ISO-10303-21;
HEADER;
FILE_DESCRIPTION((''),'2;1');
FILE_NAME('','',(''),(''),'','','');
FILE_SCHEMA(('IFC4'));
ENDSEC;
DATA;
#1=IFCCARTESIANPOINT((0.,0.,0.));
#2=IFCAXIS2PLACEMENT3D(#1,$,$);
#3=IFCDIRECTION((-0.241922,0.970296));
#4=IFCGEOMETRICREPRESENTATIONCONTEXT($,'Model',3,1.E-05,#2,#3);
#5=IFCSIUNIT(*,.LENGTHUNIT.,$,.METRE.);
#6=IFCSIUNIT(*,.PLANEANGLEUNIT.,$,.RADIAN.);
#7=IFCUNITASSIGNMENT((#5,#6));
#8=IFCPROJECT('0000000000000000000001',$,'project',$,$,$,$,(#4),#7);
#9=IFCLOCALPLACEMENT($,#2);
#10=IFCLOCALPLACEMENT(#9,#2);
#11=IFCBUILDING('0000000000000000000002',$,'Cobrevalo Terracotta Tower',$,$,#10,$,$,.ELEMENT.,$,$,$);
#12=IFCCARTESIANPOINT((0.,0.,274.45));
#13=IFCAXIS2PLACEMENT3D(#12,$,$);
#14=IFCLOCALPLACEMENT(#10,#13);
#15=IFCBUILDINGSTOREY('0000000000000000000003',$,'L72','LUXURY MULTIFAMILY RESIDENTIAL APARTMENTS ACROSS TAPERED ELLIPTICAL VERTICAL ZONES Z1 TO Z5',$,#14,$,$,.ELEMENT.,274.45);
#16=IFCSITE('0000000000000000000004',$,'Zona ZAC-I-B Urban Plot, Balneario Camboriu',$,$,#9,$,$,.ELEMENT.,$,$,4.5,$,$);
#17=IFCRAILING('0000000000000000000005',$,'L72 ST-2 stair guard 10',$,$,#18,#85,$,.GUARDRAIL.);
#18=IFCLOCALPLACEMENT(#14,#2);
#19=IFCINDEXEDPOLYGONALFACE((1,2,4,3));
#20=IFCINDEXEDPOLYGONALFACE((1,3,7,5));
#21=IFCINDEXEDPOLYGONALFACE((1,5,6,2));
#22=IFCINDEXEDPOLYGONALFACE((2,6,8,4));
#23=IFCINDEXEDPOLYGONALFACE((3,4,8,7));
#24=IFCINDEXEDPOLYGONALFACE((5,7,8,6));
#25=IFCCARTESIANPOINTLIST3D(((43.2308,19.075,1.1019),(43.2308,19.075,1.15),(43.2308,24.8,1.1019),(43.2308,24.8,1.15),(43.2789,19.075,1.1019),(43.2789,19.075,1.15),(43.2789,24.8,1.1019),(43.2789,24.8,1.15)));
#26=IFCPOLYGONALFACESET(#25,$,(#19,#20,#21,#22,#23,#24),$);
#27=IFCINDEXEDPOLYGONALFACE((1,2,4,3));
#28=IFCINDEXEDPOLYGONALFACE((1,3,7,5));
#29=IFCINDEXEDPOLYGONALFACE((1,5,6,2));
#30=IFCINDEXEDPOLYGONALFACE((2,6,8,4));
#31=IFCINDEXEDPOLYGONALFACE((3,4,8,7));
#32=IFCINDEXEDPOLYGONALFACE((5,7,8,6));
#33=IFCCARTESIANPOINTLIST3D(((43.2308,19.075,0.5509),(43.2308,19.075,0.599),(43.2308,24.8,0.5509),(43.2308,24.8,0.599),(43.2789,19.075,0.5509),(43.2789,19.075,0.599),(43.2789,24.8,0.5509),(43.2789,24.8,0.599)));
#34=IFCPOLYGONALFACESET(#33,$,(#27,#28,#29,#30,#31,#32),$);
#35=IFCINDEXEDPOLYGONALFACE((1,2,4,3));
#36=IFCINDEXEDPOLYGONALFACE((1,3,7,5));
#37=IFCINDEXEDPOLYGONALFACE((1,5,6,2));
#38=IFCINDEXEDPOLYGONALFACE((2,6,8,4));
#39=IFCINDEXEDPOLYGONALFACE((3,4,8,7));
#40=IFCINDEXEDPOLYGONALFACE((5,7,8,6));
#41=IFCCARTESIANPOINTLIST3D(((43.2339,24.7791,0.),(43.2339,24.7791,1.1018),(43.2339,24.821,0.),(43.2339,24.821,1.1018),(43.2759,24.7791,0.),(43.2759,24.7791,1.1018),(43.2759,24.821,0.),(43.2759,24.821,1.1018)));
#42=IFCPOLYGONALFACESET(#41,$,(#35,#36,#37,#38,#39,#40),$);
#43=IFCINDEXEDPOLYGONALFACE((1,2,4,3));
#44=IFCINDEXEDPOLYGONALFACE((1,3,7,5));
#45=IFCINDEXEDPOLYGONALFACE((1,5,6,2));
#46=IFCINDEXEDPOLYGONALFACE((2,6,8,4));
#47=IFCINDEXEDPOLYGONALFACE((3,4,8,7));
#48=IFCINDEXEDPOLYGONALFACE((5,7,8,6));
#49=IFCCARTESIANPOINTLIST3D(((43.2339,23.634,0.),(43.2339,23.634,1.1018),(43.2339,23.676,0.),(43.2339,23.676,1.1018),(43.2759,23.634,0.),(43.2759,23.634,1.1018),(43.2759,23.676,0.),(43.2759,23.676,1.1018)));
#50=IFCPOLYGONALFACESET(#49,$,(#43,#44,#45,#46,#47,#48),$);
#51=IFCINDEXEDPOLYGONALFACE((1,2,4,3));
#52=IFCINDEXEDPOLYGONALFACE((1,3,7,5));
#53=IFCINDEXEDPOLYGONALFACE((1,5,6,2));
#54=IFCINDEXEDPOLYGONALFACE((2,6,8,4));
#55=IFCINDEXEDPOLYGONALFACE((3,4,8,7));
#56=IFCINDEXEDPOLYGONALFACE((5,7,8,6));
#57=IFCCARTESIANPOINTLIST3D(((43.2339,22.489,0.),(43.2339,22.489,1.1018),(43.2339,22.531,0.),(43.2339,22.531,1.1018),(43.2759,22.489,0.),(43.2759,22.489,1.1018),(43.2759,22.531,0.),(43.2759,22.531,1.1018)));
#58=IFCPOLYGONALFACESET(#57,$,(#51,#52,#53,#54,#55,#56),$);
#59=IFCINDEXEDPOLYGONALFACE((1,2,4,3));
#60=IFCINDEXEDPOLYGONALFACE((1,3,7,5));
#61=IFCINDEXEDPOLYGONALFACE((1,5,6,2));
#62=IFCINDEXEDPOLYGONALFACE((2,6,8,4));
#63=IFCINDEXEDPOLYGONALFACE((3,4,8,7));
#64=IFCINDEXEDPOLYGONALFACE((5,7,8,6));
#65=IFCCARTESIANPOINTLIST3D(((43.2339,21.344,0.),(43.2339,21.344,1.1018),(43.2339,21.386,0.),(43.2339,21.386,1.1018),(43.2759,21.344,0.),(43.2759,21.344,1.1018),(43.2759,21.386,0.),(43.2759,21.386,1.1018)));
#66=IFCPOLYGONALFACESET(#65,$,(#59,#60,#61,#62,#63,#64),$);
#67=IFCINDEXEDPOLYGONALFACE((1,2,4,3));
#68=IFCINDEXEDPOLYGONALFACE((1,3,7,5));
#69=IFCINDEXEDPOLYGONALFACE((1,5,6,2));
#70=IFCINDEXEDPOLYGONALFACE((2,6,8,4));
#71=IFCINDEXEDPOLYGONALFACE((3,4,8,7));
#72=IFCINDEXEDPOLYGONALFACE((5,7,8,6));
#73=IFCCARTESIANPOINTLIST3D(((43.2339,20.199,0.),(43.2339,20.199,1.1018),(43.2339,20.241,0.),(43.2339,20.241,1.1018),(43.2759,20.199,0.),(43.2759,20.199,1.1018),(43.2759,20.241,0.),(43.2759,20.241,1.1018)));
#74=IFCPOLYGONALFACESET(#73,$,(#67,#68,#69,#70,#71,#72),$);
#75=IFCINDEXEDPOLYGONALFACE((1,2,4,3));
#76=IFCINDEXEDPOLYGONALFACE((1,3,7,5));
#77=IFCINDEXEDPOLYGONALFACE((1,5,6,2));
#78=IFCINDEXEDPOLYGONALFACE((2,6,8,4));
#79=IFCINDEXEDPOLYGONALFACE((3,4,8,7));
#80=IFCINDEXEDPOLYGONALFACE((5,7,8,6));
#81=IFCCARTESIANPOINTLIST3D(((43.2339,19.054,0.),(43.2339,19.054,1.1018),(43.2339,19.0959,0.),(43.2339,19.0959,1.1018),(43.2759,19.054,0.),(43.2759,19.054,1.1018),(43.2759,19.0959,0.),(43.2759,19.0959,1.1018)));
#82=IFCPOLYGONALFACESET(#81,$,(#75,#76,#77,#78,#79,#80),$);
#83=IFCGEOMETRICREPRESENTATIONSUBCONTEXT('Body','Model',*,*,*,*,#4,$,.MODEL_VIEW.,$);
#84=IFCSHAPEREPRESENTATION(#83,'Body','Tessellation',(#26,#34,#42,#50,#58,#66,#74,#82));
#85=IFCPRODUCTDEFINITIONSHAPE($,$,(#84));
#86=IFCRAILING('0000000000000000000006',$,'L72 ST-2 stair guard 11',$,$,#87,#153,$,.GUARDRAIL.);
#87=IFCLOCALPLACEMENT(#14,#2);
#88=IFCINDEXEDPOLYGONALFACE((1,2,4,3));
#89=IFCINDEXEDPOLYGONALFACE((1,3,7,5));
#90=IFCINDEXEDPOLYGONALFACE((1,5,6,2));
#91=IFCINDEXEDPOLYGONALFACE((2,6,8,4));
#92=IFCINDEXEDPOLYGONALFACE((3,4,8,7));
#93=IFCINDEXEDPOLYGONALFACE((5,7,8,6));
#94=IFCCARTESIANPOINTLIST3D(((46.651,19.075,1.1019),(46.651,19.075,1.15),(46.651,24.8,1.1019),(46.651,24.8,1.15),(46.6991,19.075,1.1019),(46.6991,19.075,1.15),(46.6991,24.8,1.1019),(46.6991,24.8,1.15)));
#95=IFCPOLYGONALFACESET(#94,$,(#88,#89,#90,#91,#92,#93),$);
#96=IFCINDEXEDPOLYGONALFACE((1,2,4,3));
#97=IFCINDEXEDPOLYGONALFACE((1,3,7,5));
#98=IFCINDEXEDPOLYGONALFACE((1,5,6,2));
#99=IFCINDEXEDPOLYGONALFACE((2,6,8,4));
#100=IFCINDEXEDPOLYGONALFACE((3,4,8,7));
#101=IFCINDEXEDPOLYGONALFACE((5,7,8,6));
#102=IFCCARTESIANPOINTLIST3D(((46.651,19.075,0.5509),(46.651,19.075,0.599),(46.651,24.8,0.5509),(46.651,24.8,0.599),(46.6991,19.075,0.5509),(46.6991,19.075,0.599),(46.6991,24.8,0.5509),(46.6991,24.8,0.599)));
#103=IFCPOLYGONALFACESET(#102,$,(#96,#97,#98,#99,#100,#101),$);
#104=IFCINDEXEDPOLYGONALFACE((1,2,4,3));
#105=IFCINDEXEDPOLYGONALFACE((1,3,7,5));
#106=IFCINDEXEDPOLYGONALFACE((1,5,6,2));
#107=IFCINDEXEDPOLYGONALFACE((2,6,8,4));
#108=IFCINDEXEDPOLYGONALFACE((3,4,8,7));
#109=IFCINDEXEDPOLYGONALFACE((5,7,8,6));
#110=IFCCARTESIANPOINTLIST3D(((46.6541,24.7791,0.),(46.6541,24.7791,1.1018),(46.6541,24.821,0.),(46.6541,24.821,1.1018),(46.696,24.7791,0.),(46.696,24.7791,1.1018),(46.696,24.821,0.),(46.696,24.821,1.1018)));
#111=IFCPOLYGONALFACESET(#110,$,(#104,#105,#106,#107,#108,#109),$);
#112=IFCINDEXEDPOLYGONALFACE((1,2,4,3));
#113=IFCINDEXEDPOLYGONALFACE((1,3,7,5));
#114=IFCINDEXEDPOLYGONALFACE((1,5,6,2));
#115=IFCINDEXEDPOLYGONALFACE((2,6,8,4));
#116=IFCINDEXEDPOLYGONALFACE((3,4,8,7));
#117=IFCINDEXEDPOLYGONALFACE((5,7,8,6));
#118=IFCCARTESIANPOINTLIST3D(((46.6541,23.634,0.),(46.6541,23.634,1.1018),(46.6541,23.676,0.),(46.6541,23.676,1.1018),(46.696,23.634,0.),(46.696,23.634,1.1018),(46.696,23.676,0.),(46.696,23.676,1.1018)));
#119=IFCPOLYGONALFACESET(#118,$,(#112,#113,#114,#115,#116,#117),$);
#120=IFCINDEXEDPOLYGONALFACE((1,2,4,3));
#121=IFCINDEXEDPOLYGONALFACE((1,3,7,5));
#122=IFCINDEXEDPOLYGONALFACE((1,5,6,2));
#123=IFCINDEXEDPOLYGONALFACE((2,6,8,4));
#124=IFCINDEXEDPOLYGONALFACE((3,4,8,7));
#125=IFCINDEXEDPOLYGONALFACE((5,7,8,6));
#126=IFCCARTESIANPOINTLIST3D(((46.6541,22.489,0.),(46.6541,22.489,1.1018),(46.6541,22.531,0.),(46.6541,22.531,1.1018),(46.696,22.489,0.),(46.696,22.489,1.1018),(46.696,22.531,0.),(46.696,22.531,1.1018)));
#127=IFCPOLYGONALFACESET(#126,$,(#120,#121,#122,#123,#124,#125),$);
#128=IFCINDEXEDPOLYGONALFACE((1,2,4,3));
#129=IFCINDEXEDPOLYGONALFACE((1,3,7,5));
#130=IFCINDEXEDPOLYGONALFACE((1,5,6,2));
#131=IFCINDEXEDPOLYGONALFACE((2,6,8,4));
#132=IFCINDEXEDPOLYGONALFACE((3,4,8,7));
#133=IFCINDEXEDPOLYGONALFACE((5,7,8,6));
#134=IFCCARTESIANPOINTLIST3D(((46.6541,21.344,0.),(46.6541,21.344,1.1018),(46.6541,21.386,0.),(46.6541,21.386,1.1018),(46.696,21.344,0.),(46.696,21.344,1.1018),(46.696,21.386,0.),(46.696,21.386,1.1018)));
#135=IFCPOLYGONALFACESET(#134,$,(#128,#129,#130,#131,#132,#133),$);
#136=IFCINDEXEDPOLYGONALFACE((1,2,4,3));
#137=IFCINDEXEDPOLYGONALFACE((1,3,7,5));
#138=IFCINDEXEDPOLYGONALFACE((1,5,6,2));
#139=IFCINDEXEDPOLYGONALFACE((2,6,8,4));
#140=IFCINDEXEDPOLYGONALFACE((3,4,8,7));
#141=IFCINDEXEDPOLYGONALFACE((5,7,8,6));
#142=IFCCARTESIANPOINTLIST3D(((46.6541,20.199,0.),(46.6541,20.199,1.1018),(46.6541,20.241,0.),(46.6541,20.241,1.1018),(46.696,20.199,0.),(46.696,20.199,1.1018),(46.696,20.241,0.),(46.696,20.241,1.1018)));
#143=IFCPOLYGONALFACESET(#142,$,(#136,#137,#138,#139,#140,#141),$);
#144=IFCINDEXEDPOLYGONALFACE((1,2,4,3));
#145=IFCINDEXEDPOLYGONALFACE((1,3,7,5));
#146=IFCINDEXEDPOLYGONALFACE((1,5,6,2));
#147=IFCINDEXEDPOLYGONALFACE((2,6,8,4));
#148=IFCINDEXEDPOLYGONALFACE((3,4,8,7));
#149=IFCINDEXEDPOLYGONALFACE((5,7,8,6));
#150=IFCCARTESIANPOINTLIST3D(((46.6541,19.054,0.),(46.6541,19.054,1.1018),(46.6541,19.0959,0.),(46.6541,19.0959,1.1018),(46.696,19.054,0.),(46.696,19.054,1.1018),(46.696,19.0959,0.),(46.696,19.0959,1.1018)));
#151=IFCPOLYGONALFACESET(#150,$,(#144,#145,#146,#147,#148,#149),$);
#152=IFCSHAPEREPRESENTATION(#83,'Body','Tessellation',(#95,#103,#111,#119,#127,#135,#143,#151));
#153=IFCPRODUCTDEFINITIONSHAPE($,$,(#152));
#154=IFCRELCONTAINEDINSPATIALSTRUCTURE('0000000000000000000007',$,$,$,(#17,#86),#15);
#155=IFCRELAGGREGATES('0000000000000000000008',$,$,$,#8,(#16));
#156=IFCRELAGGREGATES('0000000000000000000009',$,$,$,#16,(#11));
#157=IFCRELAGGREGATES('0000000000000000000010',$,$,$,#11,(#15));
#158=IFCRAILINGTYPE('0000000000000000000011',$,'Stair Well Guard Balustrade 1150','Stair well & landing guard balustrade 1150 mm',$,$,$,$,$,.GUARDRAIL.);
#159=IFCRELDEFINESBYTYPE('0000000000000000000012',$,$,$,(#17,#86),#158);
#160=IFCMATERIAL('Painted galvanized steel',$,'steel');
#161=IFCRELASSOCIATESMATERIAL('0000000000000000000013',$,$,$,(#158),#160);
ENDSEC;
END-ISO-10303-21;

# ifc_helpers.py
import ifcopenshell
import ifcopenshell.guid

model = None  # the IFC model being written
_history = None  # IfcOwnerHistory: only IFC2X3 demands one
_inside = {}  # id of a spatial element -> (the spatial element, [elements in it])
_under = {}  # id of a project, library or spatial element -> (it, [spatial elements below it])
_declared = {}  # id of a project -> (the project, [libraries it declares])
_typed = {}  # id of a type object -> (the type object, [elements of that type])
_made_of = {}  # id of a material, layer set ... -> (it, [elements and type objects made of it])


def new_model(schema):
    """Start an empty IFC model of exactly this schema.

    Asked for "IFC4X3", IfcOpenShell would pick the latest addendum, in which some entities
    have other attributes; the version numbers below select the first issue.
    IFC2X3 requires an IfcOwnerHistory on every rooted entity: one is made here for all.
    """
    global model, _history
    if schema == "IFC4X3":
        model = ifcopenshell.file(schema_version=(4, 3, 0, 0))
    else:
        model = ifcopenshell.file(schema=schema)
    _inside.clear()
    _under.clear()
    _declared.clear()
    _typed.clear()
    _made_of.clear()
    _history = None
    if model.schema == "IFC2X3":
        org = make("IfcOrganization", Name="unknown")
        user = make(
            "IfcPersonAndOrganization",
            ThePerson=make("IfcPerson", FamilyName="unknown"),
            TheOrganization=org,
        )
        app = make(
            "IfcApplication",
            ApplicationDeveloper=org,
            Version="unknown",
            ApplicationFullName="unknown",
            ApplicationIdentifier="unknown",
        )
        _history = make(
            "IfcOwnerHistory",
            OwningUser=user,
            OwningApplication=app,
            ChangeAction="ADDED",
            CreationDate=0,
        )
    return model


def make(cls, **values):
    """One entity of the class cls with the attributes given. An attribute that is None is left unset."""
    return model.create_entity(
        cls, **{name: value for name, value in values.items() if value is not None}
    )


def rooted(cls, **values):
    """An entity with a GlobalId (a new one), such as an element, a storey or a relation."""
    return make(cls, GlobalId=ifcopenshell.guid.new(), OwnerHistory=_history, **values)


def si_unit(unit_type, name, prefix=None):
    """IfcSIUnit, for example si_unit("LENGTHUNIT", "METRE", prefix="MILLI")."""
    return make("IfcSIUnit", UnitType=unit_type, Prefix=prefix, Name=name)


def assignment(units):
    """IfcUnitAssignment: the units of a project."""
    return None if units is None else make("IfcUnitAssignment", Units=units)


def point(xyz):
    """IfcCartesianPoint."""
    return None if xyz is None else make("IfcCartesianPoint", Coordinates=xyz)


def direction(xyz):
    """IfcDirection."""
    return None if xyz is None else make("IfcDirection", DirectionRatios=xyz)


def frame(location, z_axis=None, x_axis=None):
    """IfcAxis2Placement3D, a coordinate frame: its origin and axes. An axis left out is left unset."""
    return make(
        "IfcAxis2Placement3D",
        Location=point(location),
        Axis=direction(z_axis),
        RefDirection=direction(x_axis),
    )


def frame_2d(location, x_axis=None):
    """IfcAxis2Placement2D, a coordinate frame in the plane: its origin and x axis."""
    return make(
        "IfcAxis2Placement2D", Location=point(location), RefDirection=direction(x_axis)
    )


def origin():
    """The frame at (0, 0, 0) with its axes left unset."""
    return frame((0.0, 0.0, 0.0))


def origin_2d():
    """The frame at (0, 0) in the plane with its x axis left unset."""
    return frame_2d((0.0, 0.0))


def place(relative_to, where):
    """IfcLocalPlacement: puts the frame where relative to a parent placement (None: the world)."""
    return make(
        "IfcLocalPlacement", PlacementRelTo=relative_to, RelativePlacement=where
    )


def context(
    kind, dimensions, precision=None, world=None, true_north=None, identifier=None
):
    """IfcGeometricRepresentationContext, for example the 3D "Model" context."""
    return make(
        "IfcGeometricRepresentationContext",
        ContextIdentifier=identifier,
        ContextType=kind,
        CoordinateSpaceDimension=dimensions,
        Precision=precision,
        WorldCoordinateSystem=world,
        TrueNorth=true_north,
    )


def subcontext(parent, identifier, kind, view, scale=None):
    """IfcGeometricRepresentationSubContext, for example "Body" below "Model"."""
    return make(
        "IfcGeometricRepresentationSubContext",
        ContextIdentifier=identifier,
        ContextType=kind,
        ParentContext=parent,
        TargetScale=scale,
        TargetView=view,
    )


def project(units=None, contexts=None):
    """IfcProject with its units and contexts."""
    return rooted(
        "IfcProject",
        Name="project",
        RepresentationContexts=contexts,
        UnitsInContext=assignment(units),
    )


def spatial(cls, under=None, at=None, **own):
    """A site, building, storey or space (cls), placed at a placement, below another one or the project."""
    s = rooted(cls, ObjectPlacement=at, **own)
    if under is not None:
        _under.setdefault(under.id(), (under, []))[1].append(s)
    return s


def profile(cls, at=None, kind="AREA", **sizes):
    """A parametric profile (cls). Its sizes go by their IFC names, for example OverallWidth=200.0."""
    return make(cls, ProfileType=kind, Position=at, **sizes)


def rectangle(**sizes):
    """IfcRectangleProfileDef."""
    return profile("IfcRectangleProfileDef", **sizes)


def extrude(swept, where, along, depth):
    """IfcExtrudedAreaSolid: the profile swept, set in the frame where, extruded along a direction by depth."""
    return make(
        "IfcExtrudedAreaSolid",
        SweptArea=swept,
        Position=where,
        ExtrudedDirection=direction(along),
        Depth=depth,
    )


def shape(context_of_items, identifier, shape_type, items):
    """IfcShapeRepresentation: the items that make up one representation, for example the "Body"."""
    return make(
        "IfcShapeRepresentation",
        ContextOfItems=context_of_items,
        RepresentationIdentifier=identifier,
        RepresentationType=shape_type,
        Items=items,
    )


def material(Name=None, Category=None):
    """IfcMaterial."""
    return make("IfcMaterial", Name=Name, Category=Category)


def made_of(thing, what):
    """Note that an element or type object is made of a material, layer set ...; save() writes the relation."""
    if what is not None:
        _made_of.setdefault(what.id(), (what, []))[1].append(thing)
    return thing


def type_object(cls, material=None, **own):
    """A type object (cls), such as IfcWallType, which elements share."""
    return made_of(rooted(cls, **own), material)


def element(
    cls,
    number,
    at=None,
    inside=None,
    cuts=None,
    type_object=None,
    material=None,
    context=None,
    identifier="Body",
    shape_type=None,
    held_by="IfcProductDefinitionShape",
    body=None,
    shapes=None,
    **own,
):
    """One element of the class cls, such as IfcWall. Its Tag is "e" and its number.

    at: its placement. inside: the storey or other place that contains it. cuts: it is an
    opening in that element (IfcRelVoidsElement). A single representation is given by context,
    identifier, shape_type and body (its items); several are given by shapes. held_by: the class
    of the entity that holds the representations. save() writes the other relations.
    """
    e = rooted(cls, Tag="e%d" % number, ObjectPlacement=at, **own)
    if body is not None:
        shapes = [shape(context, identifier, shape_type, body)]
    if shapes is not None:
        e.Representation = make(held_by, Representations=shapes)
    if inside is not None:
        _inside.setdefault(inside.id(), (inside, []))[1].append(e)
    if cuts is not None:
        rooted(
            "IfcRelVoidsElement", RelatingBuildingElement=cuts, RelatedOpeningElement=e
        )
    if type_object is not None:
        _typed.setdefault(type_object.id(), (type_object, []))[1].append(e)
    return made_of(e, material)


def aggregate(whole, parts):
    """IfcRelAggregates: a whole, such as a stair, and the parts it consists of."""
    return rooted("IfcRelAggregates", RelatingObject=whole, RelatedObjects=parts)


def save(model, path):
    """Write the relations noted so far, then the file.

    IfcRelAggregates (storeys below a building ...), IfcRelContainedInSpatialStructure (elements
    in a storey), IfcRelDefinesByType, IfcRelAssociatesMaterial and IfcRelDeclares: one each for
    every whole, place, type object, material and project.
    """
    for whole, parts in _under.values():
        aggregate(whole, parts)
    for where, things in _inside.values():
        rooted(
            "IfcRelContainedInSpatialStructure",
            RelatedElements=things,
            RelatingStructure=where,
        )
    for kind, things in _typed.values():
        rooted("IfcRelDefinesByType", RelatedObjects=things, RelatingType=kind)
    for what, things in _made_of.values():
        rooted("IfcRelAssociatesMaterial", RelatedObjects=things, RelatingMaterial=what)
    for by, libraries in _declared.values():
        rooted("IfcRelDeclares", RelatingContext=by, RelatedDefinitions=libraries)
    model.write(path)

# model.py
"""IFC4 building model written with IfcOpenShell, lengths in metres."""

from ifc_helpers import new_model, si_unit, direction, frame, origin, origin_2d, place, context, subcontext, project, spatial, rectangle, extrude, material, type_object, element, save


model = new_model("IFC4")

# Units and contexts
model_context = context("Model", 3, precision=1e-05, world=origin(), true_north=direction((-0.241922, 0.970296)))
body_context = subcontext(model_context, "Body", "Model", "MODEL_VIEW")
ifc_project = project(units=[si_unit("LENGTHUNIT", "METRE"), si_unit("PLANEANGLEUNIT", "RADIAN")], contexts=[model_context])

# Site, building, storey
site_placement = place(None, origin())
site = spatial("IfcSite", under=ifc_project, at=site_placement, Name="Zona ZAC-I-B Urban Plot, Balneario Camboriu", CompositionType="ELEMENT", RefElevation=4.5)
building_placement = place(site_placement, origin())
building = spatial("IfcBuilding", under=site, at=building_placement, Name="Cobrevalo Terracotta Tower", CompositionType="ELEMENT")
storey_placement = place(building_placement, frame((0.0, 0.0, 274.45)))
storey = spatial("IfcBuildingStorey", under=building, at=storey_placement, Name="L72", Description="LUXURY MULTIFAMILY RESIDENTIAL APARTMENTS ACROSS TAPERED ELLIPTICAL VERTICAL ZONES Z1 TO Z5", CompositionType="ELEMENT", Elevation=274.45)

# Railings
ifc_material_1 = material(Name="Painted galvanized steel", Category="steel")
railing_type_1 = type_object("IfcRailingType", Name="Stair Well Guard Balustrade 1150", Description="Stair well & landing guard balustrade 1150 mm", PredefinedType="GUARDRAIL", material=ifc_material_1)
for number, where, name in (
    (1, (43.2549, 24.8, 0.0), "L72 ST-2 stair guard 10"),
    (2, (46.675, 24.8, 0.0), "L72 ST-2 stair guard 11"),
):
    element("IfcRailing", number, at=place(storey_placement, frame(where)), inside=storey, type_object=railing_type_1, Name=name, PredefinedType="GUARDRAIL", context=body_context, shape_type="SweptSolid", body=[
        extrude(rectangle(XDim=0.0481, YDim=0.0481, at=origin_2d()), frame((0.0, 0.0, 1.126), z_axis=(0.0, -1.0, 0.0), x_axis=(1.0, 0.0, 0.0)), (0.0, 0.0, 1.0), 5.7251),
        extrude(rectangle(XDim=0.0481, YDim=0.0481, at=origin_2d()), frame((0.0, 0.0, 0.575), z_axis=(0.0, -1.0, 0.0), x_axis=(1.0, 0.0, 0.0)), (0.0, 0.0, 1.0), 5.7251),
        extrude(rectangle(XDim=0.042, YDim=0.042, at=origin_2d()), origin(), (0.0, 0.0, 1.0), 1.1018),
        extrude(rectangle(XDim=0.042, YDim=0.042, at=origin_2d()), frame((0.0, -1.145, 0.0)), (0.0, 0.0, 1.0), 1.1018),
        extrude(rectangle(XDim=0.042, YDim=0.042, at=origin_2d()), frame((0.0, -2.29, 0.0)), (0.0, 0.0, 1.0), 1.1018),
        extrude(rectangle(XDim=0.042, YDim=0.042, at=origin_2d()), frame((0.0, -3.4351, 0.0)), (0.0, 0.0, 1.0), 1.1018),
        extrude(rectangle(XDim=0.042, YDim=0.042, at=origin_2d()), frame((0.0, -4.5801, 0.0)), (0.0, 0.0, 1.0), 1.1018),
        extrude(rectangle(XDim=0.042, YDim=0.042, at=origin_2d()), frame((0.0, -5.7251, 0.0)), (0.0, 0.0, 1.0), 1.1018),
    ])

save(model, "model.ifc")
